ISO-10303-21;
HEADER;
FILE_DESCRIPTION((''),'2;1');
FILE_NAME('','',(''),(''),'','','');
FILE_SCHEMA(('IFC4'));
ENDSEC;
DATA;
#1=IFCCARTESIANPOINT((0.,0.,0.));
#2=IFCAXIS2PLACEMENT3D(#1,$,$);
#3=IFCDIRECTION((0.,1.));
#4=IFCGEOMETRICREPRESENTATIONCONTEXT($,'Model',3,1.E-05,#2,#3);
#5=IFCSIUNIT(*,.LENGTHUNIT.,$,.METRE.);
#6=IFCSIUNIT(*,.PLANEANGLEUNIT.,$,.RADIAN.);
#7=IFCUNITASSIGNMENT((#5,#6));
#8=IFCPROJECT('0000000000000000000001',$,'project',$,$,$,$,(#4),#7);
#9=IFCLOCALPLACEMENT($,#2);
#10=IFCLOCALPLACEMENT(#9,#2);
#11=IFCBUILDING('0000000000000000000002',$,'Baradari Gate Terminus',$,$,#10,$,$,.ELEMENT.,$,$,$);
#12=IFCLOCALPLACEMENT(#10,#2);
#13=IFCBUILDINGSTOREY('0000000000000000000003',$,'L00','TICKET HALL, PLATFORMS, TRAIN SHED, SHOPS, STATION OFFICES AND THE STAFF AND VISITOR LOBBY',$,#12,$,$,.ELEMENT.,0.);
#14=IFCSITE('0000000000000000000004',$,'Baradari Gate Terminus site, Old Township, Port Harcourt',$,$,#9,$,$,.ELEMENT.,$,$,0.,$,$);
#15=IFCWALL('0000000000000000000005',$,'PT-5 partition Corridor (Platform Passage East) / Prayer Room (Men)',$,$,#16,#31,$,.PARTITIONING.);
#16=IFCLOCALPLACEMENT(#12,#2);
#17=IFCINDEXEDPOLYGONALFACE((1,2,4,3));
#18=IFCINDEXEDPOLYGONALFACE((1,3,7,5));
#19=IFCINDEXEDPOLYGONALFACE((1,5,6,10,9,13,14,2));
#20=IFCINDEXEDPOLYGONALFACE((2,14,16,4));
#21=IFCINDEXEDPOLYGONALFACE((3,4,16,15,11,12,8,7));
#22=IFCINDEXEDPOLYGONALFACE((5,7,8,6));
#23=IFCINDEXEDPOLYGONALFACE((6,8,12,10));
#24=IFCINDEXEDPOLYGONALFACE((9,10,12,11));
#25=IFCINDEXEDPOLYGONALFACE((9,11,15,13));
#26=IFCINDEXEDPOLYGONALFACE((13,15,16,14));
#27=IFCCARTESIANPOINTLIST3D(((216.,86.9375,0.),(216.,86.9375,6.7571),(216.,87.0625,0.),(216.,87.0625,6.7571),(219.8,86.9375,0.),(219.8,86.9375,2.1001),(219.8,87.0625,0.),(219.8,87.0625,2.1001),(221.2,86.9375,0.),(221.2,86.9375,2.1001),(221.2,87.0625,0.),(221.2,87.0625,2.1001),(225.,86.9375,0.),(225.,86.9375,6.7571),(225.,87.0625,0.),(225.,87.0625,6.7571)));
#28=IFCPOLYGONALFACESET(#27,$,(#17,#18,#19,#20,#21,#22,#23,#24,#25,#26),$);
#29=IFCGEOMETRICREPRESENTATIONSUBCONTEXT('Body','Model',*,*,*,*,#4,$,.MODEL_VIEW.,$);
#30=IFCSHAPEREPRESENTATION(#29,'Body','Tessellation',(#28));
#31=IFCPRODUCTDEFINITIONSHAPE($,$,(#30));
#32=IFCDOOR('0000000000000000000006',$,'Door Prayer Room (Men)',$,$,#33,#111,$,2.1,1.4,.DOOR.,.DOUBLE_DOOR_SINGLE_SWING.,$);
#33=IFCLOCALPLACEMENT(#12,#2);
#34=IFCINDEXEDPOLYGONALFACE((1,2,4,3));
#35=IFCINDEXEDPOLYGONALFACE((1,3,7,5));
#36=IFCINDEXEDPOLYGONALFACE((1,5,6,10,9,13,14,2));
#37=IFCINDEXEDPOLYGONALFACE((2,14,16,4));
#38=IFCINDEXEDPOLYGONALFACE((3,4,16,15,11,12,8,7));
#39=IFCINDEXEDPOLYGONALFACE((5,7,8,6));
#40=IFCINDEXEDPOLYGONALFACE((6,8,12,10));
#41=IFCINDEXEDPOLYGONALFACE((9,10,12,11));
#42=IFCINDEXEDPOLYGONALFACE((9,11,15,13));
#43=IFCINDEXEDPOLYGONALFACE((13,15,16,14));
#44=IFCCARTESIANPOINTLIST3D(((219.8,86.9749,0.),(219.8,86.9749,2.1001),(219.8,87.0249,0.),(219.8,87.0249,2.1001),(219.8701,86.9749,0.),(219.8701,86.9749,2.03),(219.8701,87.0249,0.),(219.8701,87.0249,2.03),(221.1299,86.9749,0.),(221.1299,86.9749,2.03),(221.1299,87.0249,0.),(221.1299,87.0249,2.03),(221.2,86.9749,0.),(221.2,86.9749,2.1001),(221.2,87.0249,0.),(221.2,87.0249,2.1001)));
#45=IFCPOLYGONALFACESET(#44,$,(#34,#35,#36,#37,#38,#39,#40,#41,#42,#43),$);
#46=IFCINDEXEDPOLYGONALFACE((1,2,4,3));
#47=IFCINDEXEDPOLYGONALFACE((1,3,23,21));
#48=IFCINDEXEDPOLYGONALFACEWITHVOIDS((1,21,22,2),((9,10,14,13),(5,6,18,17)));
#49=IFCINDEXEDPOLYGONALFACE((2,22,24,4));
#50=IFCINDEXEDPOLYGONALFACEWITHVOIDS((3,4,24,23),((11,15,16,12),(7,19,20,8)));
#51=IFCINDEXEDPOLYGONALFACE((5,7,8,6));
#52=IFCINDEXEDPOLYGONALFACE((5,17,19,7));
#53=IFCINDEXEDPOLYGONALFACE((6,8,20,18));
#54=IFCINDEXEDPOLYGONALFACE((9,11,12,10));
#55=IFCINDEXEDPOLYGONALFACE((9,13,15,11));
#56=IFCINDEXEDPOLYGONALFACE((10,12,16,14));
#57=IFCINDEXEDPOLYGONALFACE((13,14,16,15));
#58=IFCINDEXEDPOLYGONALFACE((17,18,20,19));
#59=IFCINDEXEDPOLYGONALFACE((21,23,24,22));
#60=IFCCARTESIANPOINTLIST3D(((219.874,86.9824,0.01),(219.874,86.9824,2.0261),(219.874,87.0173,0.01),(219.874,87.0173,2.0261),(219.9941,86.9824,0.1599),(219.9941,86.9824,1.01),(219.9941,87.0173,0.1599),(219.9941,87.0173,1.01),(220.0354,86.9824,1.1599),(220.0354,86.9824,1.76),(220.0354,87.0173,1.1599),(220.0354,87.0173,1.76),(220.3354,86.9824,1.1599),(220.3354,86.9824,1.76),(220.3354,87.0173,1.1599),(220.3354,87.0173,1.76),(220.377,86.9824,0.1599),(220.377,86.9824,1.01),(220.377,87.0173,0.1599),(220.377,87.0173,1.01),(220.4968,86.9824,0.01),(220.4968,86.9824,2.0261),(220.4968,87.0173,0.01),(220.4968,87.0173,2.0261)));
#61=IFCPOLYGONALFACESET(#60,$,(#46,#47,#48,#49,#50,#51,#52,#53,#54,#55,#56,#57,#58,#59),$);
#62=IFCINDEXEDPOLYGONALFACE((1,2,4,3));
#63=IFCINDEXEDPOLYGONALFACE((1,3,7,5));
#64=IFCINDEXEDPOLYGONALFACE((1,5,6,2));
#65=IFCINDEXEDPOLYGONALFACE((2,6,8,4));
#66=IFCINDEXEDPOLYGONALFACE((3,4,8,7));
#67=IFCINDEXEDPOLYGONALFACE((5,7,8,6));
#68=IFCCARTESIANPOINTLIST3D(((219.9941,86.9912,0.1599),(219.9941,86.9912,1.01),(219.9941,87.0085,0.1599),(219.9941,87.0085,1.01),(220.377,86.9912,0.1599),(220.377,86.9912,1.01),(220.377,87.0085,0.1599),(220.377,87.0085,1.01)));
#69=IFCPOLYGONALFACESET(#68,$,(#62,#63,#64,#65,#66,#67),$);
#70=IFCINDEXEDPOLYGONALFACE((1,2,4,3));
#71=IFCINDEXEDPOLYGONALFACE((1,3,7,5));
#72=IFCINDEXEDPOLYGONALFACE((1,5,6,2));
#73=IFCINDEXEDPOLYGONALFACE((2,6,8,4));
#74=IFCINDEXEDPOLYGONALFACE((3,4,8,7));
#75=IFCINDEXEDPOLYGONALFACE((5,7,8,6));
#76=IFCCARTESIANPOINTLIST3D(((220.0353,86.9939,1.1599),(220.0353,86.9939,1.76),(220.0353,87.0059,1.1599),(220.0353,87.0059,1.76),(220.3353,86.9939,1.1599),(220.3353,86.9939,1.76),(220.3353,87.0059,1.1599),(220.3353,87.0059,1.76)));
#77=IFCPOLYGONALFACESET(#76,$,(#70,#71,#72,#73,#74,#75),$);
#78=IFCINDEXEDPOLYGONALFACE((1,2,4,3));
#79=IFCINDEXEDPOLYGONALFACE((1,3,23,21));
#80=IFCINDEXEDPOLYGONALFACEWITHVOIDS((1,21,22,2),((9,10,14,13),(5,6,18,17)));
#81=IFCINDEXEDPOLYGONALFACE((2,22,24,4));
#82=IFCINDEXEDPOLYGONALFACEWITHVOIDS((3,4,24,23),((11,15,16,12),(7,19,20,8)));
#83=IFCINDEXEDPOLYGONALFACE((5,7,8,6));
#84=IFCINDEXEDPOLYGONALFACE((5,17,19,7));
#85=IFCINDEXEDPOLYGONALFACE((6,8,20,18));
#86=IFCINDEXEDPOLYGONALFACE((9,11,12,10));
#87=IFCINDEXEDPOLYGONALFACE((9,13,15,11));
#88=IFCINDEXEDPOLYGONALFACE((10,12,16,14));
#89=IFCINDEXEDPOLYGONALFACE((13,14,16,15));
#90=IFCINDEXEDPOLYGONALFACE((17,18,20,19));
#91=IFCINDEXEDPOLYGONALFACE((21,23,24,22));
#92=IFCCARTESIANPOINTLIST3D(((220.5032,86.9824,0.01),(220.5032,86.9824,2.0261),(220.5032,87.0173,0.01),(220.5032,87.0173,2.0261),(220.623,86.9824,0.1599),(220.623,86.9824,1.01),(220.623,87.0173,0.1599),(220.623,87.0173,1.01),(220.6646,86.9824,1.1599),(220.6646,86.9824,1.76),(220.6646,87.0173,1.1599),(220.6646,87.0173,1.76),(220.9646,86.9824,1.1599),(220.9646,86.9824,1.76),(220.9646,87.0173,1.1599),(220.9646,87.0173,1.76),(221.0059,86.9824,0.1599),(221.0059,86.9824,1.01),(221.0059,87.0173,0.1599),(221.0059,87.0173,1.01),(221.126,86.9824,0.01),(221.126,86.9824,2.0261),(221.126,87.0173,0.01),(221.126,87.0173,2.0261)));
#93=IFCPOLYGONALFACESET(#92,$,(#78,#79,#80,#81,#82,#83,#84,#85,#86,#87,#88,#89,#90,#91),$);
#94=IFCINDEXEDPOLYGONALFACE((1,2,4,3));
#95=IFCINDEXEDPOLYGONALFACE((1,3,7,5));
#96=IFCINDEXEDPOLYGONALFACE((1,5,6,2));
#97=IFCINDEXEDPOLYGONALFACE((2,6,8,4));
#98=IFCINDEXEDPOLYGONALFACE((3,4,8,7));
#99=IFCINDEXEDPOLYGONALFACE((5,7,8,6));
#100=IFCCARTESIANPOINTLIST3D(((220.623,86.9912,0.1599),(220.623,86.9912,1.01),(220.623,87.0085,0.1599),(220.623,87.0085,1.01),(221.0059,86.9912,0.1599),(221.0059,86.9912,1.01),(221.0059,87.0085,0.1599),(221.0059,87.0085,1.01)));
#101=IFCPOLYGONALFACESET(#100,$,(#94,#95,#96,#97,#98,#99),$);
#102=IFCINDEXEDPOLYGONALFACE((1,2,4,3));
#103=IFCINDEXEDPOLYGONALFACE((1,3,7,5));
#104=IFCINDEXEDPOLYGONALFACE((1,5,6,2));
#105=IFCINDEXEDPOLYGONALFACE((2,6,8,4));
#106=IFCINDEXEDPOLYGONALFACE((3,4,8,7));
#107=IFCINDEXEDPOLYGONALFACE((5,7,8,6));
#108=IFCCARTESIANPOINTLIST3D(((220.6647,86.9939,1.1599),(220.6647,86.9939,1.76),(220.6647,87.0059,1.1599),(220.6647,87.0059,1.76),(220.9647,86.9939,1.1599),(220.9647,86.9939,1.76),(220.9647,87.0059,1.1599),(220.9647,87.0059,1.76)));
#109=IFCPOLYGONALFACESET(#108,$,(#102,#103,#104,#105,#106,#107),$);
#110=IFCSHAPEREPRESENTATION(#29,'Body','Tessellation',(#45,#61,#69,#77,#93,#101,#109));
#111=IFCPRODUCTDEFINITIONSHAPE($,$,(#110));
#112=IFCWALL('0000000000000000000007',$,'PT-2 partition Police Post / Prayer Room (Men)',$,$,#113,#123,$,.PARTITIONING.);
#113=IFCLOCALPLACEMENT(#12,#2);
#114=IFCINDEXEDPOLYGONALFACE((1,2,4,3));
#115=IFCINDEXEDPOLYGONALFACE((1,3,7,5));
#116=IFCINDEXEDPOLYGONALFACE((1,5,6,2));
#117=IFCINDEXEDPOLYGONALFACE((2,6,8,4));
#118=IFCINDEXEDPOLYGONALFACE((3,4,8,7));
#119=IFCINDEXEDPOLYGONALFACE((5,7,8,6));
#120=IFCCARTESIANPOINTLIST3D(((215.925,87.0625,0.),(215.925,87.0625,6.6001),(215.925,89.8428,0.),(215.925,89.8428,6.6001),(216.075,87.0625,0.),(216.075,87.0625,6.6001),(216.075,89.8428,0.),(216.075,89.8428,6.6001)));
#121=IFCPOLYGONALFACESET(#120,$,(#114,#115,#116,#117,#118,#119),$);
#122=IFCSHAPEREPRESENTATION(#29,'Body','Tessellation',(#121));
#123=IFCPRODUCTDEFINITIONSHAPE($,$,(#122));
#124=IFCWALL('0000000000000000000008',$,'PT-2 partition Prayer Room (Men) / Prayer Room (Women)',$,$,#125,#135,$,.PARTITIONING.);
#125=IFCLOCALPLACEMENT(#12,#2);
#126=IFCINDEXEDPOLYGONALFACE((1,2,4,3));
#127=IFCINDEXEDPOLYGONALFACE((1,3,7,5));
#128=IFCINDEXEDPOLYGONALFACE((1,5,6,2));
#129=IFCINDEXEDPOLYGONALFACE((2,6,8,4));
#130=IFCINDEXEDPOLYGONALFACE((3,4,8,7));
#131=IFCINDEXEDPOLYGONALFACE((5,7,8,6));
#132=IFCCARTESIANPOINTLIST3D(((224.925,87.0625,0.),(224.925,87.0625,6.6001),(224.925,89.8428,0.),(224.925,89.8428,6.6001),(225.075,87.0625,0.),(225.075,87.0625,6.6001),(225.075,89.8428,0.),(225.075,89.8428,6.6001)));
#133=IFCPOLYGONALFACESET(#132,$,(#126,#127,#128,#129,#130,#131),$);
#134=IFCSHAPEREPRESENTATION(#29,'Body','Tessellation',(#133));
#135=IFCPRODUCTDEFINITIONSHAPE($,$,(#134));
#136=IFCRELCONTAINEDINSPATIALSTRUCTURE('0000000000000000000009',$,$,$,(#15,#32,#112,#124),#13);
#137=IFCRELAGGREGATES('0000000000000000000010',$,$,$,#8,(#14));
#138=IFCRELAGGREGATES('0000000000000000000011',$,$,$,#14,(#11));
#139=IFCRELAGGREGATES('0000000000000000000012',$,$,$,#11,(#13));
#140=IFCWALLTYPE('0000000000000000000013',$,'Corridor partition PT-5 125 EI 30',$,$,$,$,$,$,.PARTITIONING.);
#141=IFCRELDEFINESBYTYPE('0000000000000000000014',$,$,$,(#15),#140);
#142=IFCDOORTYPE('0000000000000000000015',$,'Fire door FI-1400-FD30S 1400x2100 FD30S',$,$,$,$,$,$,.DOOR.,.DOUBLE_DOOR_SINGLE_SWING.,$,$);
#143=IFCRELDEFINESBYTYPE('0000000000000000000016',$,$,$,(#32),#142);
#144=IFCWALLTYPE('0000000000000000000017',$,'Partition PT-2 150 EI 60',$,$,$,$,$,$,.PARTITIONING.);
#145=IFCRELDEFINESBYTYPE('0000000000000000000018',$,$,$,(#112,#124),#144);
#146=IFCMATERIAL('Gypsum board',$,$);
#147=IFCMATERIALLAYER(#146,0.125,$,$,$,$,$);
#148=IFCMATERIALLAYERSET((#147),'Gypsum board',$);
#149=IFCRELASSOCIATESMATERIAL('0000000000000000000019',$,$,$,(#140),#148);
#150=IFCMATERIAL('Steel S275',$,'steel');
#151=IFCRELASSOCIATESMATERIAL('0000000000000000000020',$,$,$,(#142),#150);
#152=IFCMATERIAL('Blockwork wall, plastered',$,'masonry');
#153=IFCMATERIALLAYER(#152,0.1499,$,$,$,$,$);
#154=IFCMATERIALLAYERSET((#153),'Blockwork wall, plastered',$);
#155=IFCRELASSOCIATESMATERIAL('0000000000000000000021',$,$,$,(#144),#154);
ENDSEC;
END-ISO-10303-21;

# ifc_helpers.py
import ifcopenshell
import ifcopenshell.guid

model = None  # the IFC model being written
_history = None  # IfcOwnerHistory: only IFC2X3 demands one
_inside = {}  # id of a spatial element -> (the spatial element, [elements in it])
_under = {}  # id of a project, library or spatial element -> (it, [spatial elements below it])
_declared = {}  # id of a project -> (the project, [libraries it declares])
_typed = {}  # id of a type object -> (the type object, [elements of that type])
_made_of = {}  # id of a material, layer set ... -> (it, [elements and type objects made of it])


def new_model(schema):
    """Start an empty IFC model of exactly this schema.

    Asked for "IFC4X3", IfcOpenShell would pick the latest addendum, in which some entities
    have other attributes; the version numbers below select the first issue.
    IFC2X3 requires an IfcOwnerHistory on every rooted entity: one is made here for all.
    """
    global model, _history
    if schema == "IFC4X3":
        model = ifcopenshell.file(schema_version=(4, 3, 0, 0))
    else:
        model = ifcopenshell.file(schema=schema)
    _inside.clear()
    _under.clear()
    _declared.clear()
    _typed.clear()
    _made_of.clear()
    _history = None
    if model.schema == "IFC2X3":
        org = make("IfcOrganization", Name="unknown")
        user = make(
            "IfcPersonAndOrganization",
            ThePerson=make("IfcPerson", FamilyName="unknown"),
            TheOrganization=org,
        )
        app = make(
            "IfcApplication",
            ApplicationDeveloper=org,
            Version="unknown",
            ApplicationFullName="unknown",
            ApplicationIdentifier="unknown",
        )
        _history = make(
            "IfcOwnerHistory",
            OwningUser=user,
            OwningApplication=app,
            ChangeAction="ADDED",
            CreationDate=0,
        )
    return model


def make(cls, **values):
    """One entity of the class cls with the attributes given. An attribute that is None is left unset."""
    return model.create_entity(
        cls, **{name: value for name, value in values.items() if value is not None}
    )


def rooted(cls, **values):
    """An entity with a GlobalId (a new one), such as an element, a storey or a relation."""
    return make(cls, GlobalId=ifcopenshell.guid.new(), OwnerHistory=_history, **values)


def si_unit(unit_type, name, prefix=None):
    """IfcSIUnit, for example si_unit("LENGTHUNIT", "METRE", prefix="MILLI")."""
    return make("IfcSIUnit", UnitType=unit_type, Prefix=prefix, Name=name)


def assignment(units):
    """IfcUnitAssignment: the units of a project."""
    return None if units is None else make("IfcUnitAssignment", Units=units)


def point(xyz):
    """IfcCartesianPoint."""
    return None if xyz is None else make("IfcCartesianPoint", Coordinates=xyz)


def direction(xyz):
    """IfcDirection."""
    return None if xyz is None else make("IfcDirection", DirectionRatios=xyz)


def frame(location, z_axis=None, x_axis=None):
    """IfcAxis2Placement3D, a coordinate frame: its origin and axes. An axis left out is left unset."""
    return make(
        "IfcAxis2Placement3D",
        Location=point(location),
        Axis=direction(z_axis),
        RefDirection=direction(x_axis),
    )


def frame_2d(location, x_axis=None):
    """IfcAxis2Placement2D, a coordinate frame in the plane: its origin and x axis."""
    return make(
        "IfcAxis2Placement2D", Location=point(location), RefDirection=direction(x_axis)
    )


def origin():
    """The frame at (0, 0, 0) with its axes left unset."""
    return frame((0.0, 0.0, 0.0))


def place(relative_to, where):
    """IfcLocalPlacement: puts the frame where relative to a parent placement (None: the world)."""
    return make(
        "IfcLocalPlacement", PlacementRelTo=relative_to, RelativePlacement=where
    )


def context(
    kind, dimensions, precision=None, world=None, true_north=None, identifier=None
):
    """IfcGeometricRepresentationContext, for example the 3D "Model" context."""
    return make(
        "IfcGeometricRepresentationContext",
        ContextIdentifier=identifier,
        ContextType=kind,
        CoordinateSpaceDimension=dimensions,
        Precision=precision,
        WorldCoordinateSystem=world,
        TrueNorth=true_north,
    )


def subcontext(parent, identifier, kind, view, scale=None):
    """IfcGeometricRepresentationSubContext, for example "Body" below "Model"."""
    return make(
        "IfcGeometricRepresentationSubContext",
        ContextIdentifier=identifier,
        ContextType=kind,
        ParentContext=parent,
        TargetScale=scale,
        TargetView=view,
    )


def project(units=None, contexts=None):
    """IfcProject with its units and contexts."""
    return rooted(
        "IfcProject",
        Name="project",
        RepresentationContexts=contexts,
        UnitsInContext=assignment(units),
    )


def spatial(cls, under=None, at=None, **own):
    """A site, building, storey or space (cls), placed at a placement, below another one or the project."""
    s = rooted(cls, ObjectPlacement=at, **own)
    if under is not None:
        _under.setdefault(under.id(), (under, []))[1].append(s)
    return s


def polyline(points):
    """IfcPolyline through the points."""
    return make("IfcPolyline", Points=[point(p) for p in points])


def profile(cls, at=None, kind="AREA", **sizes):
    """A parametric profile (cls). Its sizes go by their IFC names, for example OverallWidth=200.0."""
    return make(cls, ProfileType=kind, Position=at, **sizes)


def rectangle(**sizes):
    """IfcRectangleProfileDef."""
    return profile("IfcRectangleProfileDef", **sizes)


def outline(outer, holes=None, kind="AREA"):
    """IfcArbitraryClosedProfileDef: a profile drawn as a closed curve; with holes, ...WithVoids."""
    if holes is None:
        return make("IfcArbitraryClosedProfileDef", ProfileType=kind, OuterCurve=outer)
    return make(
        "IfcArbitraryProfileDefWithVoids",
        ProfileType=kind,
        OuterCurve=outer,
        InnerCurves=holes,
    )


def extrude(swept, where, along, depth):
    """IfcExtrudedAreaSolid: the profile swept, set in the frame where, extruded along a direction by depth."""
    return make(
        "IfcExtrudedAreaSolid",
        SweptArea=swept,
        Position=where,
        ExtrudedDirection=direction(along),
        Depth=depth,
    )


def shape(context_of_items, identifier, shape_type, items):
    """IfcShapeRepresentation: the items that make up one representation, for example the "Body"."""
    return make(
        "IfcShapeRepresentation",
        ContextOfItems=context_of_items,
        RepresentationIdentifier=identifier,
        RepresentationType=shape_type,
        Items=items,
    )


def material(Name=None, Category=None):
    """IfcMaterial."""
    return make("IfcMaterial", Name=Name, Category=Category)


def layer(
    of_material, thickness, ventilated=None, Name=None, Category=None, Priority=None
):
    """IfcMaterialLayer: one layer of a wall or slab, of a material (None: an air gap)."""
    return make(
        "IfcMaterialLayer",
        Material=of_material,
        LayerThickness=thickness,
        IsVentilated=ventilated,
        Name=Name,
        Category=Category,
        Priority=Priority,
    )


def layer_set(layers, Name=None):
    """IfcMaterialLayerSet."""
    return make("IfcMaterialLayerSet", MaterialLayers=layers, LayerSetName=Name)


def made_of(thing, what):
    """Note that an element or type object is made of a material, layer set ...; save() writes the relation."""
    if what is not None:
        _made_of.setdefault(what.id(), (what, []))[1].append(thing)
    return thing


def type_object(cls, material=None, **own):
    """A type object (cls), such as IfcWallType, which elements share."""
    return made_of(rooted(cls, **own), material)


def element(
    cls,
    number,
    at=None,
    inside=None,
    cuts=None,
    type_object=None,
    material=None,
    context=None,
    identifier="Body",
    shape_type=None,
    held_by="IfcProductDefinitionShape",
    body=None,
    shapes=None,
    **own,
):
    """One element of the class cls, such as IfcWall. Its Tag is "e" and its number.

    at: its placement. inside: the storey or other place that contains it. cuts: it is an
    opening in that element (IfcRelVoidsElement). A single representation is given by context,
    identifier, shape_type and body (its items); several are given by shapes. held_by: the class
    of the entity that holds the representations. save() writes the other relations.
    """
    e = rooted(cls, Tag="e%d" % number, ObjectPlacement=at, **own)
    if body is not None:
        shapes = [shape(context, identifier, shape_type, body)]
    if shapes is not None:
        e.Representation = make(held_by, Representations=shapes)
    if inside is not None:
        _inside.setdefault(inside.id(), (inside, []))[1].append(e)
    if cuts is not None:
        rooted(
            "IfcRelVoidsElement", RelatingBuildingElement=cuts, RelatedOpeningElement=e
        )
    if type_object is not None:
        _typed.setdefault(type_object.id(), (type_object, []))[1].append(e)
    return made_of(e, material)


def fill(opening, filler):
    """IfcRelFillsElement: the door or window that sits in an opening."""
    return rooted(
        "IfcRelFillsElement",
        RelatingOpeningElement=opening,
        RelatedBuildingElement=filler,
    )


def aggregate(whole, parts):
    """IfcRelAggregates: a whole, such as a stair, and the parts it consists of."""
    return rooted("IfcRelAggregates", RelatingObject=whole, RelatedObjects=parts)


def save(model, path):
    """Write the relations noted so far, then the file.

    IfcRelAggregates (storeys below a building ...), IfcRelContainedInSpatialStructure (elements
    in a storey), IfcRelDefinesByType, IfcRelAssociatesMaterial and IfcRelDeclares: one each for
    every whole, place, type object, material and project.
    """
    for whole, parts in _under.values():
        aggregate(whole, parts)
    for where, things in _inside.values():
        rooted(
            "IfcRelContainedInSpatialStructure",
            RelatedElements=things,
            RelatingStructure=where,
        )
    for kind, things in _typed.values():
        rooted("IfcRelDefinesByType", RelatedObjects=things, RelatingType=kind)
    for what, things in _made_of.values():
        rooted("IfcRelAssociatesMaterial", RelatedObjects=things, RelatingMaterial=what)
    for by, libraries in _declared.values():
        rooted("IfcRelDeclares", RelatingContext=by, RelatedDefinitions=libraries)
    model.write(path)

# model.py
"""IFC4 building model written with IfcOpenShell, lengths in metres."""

from ifc_helpers import new_model, si_unit, direction, frame, frame_2d, origin, place, context, subcontext, project, spatial, polyline, rectangle, outline, extrude, material, layer, layer_set, type_object, element, fill, save


model = new_model("IFC4")

# Units and contexts
model_context = context("Model", 3, precision=1e-05, world=origin(), true_north=direction((0.0, 1.0)))
body_context = subcontext(model_context, "Body", "Model", "MODEL_VIEW")
ifc_project = project(units=[si_unit("LENGTHUNIT", "METRE"), si_unit("PLANEANGLEUNIT", "RADIAN")], contexts=[model_context])

# Site, building, storey
site_placement = place(None, origin())
site = spatial("IfcSite", under=ifc_project, at=site_placement, Name="Baradari Gate Terminus site, Old Township, Port Harcourt", CompositionType="ELEMENT", RefElevation=0.0)
building_placement = place(site_placement, origin())
building = spatial("IfcBuilding", under=site, at=building_placement, Name="Baradari Gate Terminus", CompositionType="ELEMENT")
storey_placement = place(building_placement, origin())
storey = spatial("IfcBuildingStorey", under=building, at=storey_placement, Name="L00", Description="TICKET HALL, PLATFORMS, TRAIN SHED, SHOPS, STATION OFFICES AND THE STAFF AND VISITOR LOBBY", CompositionType="ELEMENT", Elevation=0.0)

# Wall, opening, door
ifc_material_1 = material(Name="Gypsum board")
ifc_layer_1 = layer(ifc_material_1, 0.125)
ifc_layer_set_1 = layer_set([ifc_layer_1], Name="Gypsum board")
wall_type_1 = type_object("IfcWallType", Name="Corridor partition PT-5 125 EI 30", PredefinedType="PARTITIONING", material=ifc_layer_set_1)
ifc_material_2 = material(Name="Steel S275", Category="steel")
door_type = type_object("IfcDoorType", Name="Fire door FI-1400-FD30S 1400x2100 FD30S", OperationType="DOUBLE_DOOR_SINGLE_SWING", PredefinedType="DOOR", material=ifc_material_2)
wall_1_placement = place(storey_placement, frame((216.0, 87.0, 0.0), z_axis=(0.0, 0.0, 1.0), x_axis=(1.0, 0.0, 0.0)))
wall_1 = element("IfcWall", 1, at=wall_1_placement, inside=storey, type_object=wall_type_1, Name="PT-5 partition Corridor (Platform Passage East) / Prayer Room (Men)", PredefinedType="PARTITIONING", context=body_context, shape_type="SweptSolid", body=[
    extrude(rectangle(XDim=9.0, YDim=0.125, at=frame_2d((4.5, 0.0))), origin(), (0.0, 0.0, 1.0), 6.7571),
])
opening_1_placement = place(wall_1_placement, frame((3.8, 0.0, 0.0)))
opening_1 = element("IfcOpeningElement", 2, at=opening_1_placement, cuts=wall_1, PredefinedType="OPENING", context=body_context, shape_type="SweptSolid", body=[
    extrude(rectangle(XDim=1.3999, YDim=2.1001, at=frame_2d((0.7, 1.05))), frame((0.0, 0.0725, 0.0), z_axis=(0.0, -1.0, 0.0), x_axis=(1.0, 0.0, 0.0)), (0.0, 0.0, 1.0), 0.145),
])
door_1_placement = place(opening_1_placement, origin())
door_1 = element("IfcDoor", 3, at=door_1_placement, inside=storey, type_object=door_type, Name="Door Prayer Room (Men)", OperationType="DOUBLE_DOOR_SINGLE_SWING", OverallHeight=2.1, OverallWidth=1.4, PredefinedType="DOOR", context=body_context, shape_type="SweptSolid", body=[
    extrude(outline(polyline([(0.0, 0.0), (0.0701, 0.0), (0.0701, 2.03), (1.3298, 2.03), (1.3298, 0.0), (1.3999, 0.0), (1.3999, 2.1001), (0.0, 2.1001), (0.0, 0.0)])), frame((0.0, 0.0249, 0.0), z_axis=(0.0, -1.0, 0.0), x_axis=(1.0, 0.0, 0.0)), (0.0, 0.0, 1.0), 0.05),
    extrude(outline(polyline([(0.074, 0.01), (0.6968, 0.01), (0.6968, 2.0261), (0.074, 2.0261), (0.074, 0.01)]), holes=[polyline([(0.1941, 0.1599), (0.5769, 0.1599), (0.5769, 1.01), (0.1941, 1.01), (0.1941, 0.1599)]), polyline([(0.2354, 1.1599), (0.5354, 1.1599), (0.5354, 1.76), (0.2354, 1.76), (0.2354, 1.1599)])]), frame((0.0, 0.0173, 0.0), z_axis=(0.0, -1.0, 0.0), x_axis=(1.0, 0.0, 0.0)), (0.0, 0.0, 1.0), 0.0349),
    extrude(rectangle(XDim=0.3828, YDim=0.8501, at=frame_2d((0.3855, 0.585))), frame((0.0, 0.0085, 0.0), z_axis=(0.0, -1.0, 0.0), x_axis=(1.0, 0.0, 0.0)), (0.0, 0.0, 1.0), 0.0173),
    extrude(rectangle(XDim=0.3, YDim=0.6001, at=frame_2d((0.3853, 1.46))), frame((0.0, 0.0059, 0.0), z_axis=(0.0, -1.0, 0.0), x_axis=(1.0, 0.0, 0.0)), (0.0, 0.0, 1.0), 0.012),
    extrude(outline(polyline([(0.7031, 0.01), (1.3259, 0.01), (1.3259, 2.0261), (0.7031, 2.0261), (0.7031, 0.01)]), holes=[polyline([(0.823, 0.1599), (1.2058, 0.1599), (1.2058, 1.01), (0.823, 1.01), (0.823, 0.1599)]), polyline([(0.8645, 1.1599), (1.1646, 1.1599), (1.1646, 1.76), (0.8645, 1.76), (0.8645, 1.1599)])]), frame((0.0, 0.0173, 0.0), z_axis=(0.0, -1.0, 0.0), x_axis=(1.0, 0.0, 0.0)), (0.0, 0.0, 1.0), 0.0349),
    extrude(rectangle(XDim=0.3828, YDim=0.8501, at=frame_2d((1.0144, 0.585))), frame((0.0, 0.0085, 0.0), z_axis=(0.0, -1.0, 0.0), x_axis=(1.0, 0.0, 0.0)), (0.0, 0.0, 1.0), 0.0173),
    extrude(rectangle(XDim=0.3, YDim=0.6001, at=frame_2d((1.0146, 1.46))), frame((0.0, 0.0059, 0.0), z_axis=(0.0, -1.0, 0.0), x_axis=(1.0, 0.0, 0.0)), (0.0, 0.0, 1.0), 0.012),
])
fill(opening_1, door_1)

# Walls
ifc_material_3 = material(Name="Blockwork wall, plastered", Category="masonry")
ifc_layer_2 = layer(ifc_material_3, 0.1499)
ifc_layer_set_2 = layer_set([ifc_layer_2], Name="Blockwork wall, plastered")
wall_type_2 = type_object("IfcWallType", Name="Partition PT-2 150 EI 60", PredefinedType="PARTITIONING", material=ifc_layer_set_2)
for number, where, z_axis, x_axis, name in (
    (4, (216.0, 89.8428, 0.0), (0.0, 0.0, 1.0), (0.0, -1.0, 0.0), "PT-2 partition Police Post / Prayer Room (Men)"),
    (5, (225.0, 89.8428, 0.0), (0.0, 0.0, 1.0), (0.0, -1.0, 0.0), "PT-2 partition Prayer Room (Men) / Prayer Room (Women)"),
):
    element("IfcWall", number, at=place(storey_placement, frame(where, z_axis=z_axis, x_axis=x_axis)), inside=storey, type_object=wall_type_2, Name=name, PredefinedType="PARTITIONING", context=body_context, shape_type="SweptSolid", body=[
        extrude(rectangle(XDim=2.7803, YDim=0.1499, at=frame_2d((1.3901, 0.0))), origin(), (0.0, 0.0, 1.0), 6.6001),
    ])

save(model, "model.ifc")
